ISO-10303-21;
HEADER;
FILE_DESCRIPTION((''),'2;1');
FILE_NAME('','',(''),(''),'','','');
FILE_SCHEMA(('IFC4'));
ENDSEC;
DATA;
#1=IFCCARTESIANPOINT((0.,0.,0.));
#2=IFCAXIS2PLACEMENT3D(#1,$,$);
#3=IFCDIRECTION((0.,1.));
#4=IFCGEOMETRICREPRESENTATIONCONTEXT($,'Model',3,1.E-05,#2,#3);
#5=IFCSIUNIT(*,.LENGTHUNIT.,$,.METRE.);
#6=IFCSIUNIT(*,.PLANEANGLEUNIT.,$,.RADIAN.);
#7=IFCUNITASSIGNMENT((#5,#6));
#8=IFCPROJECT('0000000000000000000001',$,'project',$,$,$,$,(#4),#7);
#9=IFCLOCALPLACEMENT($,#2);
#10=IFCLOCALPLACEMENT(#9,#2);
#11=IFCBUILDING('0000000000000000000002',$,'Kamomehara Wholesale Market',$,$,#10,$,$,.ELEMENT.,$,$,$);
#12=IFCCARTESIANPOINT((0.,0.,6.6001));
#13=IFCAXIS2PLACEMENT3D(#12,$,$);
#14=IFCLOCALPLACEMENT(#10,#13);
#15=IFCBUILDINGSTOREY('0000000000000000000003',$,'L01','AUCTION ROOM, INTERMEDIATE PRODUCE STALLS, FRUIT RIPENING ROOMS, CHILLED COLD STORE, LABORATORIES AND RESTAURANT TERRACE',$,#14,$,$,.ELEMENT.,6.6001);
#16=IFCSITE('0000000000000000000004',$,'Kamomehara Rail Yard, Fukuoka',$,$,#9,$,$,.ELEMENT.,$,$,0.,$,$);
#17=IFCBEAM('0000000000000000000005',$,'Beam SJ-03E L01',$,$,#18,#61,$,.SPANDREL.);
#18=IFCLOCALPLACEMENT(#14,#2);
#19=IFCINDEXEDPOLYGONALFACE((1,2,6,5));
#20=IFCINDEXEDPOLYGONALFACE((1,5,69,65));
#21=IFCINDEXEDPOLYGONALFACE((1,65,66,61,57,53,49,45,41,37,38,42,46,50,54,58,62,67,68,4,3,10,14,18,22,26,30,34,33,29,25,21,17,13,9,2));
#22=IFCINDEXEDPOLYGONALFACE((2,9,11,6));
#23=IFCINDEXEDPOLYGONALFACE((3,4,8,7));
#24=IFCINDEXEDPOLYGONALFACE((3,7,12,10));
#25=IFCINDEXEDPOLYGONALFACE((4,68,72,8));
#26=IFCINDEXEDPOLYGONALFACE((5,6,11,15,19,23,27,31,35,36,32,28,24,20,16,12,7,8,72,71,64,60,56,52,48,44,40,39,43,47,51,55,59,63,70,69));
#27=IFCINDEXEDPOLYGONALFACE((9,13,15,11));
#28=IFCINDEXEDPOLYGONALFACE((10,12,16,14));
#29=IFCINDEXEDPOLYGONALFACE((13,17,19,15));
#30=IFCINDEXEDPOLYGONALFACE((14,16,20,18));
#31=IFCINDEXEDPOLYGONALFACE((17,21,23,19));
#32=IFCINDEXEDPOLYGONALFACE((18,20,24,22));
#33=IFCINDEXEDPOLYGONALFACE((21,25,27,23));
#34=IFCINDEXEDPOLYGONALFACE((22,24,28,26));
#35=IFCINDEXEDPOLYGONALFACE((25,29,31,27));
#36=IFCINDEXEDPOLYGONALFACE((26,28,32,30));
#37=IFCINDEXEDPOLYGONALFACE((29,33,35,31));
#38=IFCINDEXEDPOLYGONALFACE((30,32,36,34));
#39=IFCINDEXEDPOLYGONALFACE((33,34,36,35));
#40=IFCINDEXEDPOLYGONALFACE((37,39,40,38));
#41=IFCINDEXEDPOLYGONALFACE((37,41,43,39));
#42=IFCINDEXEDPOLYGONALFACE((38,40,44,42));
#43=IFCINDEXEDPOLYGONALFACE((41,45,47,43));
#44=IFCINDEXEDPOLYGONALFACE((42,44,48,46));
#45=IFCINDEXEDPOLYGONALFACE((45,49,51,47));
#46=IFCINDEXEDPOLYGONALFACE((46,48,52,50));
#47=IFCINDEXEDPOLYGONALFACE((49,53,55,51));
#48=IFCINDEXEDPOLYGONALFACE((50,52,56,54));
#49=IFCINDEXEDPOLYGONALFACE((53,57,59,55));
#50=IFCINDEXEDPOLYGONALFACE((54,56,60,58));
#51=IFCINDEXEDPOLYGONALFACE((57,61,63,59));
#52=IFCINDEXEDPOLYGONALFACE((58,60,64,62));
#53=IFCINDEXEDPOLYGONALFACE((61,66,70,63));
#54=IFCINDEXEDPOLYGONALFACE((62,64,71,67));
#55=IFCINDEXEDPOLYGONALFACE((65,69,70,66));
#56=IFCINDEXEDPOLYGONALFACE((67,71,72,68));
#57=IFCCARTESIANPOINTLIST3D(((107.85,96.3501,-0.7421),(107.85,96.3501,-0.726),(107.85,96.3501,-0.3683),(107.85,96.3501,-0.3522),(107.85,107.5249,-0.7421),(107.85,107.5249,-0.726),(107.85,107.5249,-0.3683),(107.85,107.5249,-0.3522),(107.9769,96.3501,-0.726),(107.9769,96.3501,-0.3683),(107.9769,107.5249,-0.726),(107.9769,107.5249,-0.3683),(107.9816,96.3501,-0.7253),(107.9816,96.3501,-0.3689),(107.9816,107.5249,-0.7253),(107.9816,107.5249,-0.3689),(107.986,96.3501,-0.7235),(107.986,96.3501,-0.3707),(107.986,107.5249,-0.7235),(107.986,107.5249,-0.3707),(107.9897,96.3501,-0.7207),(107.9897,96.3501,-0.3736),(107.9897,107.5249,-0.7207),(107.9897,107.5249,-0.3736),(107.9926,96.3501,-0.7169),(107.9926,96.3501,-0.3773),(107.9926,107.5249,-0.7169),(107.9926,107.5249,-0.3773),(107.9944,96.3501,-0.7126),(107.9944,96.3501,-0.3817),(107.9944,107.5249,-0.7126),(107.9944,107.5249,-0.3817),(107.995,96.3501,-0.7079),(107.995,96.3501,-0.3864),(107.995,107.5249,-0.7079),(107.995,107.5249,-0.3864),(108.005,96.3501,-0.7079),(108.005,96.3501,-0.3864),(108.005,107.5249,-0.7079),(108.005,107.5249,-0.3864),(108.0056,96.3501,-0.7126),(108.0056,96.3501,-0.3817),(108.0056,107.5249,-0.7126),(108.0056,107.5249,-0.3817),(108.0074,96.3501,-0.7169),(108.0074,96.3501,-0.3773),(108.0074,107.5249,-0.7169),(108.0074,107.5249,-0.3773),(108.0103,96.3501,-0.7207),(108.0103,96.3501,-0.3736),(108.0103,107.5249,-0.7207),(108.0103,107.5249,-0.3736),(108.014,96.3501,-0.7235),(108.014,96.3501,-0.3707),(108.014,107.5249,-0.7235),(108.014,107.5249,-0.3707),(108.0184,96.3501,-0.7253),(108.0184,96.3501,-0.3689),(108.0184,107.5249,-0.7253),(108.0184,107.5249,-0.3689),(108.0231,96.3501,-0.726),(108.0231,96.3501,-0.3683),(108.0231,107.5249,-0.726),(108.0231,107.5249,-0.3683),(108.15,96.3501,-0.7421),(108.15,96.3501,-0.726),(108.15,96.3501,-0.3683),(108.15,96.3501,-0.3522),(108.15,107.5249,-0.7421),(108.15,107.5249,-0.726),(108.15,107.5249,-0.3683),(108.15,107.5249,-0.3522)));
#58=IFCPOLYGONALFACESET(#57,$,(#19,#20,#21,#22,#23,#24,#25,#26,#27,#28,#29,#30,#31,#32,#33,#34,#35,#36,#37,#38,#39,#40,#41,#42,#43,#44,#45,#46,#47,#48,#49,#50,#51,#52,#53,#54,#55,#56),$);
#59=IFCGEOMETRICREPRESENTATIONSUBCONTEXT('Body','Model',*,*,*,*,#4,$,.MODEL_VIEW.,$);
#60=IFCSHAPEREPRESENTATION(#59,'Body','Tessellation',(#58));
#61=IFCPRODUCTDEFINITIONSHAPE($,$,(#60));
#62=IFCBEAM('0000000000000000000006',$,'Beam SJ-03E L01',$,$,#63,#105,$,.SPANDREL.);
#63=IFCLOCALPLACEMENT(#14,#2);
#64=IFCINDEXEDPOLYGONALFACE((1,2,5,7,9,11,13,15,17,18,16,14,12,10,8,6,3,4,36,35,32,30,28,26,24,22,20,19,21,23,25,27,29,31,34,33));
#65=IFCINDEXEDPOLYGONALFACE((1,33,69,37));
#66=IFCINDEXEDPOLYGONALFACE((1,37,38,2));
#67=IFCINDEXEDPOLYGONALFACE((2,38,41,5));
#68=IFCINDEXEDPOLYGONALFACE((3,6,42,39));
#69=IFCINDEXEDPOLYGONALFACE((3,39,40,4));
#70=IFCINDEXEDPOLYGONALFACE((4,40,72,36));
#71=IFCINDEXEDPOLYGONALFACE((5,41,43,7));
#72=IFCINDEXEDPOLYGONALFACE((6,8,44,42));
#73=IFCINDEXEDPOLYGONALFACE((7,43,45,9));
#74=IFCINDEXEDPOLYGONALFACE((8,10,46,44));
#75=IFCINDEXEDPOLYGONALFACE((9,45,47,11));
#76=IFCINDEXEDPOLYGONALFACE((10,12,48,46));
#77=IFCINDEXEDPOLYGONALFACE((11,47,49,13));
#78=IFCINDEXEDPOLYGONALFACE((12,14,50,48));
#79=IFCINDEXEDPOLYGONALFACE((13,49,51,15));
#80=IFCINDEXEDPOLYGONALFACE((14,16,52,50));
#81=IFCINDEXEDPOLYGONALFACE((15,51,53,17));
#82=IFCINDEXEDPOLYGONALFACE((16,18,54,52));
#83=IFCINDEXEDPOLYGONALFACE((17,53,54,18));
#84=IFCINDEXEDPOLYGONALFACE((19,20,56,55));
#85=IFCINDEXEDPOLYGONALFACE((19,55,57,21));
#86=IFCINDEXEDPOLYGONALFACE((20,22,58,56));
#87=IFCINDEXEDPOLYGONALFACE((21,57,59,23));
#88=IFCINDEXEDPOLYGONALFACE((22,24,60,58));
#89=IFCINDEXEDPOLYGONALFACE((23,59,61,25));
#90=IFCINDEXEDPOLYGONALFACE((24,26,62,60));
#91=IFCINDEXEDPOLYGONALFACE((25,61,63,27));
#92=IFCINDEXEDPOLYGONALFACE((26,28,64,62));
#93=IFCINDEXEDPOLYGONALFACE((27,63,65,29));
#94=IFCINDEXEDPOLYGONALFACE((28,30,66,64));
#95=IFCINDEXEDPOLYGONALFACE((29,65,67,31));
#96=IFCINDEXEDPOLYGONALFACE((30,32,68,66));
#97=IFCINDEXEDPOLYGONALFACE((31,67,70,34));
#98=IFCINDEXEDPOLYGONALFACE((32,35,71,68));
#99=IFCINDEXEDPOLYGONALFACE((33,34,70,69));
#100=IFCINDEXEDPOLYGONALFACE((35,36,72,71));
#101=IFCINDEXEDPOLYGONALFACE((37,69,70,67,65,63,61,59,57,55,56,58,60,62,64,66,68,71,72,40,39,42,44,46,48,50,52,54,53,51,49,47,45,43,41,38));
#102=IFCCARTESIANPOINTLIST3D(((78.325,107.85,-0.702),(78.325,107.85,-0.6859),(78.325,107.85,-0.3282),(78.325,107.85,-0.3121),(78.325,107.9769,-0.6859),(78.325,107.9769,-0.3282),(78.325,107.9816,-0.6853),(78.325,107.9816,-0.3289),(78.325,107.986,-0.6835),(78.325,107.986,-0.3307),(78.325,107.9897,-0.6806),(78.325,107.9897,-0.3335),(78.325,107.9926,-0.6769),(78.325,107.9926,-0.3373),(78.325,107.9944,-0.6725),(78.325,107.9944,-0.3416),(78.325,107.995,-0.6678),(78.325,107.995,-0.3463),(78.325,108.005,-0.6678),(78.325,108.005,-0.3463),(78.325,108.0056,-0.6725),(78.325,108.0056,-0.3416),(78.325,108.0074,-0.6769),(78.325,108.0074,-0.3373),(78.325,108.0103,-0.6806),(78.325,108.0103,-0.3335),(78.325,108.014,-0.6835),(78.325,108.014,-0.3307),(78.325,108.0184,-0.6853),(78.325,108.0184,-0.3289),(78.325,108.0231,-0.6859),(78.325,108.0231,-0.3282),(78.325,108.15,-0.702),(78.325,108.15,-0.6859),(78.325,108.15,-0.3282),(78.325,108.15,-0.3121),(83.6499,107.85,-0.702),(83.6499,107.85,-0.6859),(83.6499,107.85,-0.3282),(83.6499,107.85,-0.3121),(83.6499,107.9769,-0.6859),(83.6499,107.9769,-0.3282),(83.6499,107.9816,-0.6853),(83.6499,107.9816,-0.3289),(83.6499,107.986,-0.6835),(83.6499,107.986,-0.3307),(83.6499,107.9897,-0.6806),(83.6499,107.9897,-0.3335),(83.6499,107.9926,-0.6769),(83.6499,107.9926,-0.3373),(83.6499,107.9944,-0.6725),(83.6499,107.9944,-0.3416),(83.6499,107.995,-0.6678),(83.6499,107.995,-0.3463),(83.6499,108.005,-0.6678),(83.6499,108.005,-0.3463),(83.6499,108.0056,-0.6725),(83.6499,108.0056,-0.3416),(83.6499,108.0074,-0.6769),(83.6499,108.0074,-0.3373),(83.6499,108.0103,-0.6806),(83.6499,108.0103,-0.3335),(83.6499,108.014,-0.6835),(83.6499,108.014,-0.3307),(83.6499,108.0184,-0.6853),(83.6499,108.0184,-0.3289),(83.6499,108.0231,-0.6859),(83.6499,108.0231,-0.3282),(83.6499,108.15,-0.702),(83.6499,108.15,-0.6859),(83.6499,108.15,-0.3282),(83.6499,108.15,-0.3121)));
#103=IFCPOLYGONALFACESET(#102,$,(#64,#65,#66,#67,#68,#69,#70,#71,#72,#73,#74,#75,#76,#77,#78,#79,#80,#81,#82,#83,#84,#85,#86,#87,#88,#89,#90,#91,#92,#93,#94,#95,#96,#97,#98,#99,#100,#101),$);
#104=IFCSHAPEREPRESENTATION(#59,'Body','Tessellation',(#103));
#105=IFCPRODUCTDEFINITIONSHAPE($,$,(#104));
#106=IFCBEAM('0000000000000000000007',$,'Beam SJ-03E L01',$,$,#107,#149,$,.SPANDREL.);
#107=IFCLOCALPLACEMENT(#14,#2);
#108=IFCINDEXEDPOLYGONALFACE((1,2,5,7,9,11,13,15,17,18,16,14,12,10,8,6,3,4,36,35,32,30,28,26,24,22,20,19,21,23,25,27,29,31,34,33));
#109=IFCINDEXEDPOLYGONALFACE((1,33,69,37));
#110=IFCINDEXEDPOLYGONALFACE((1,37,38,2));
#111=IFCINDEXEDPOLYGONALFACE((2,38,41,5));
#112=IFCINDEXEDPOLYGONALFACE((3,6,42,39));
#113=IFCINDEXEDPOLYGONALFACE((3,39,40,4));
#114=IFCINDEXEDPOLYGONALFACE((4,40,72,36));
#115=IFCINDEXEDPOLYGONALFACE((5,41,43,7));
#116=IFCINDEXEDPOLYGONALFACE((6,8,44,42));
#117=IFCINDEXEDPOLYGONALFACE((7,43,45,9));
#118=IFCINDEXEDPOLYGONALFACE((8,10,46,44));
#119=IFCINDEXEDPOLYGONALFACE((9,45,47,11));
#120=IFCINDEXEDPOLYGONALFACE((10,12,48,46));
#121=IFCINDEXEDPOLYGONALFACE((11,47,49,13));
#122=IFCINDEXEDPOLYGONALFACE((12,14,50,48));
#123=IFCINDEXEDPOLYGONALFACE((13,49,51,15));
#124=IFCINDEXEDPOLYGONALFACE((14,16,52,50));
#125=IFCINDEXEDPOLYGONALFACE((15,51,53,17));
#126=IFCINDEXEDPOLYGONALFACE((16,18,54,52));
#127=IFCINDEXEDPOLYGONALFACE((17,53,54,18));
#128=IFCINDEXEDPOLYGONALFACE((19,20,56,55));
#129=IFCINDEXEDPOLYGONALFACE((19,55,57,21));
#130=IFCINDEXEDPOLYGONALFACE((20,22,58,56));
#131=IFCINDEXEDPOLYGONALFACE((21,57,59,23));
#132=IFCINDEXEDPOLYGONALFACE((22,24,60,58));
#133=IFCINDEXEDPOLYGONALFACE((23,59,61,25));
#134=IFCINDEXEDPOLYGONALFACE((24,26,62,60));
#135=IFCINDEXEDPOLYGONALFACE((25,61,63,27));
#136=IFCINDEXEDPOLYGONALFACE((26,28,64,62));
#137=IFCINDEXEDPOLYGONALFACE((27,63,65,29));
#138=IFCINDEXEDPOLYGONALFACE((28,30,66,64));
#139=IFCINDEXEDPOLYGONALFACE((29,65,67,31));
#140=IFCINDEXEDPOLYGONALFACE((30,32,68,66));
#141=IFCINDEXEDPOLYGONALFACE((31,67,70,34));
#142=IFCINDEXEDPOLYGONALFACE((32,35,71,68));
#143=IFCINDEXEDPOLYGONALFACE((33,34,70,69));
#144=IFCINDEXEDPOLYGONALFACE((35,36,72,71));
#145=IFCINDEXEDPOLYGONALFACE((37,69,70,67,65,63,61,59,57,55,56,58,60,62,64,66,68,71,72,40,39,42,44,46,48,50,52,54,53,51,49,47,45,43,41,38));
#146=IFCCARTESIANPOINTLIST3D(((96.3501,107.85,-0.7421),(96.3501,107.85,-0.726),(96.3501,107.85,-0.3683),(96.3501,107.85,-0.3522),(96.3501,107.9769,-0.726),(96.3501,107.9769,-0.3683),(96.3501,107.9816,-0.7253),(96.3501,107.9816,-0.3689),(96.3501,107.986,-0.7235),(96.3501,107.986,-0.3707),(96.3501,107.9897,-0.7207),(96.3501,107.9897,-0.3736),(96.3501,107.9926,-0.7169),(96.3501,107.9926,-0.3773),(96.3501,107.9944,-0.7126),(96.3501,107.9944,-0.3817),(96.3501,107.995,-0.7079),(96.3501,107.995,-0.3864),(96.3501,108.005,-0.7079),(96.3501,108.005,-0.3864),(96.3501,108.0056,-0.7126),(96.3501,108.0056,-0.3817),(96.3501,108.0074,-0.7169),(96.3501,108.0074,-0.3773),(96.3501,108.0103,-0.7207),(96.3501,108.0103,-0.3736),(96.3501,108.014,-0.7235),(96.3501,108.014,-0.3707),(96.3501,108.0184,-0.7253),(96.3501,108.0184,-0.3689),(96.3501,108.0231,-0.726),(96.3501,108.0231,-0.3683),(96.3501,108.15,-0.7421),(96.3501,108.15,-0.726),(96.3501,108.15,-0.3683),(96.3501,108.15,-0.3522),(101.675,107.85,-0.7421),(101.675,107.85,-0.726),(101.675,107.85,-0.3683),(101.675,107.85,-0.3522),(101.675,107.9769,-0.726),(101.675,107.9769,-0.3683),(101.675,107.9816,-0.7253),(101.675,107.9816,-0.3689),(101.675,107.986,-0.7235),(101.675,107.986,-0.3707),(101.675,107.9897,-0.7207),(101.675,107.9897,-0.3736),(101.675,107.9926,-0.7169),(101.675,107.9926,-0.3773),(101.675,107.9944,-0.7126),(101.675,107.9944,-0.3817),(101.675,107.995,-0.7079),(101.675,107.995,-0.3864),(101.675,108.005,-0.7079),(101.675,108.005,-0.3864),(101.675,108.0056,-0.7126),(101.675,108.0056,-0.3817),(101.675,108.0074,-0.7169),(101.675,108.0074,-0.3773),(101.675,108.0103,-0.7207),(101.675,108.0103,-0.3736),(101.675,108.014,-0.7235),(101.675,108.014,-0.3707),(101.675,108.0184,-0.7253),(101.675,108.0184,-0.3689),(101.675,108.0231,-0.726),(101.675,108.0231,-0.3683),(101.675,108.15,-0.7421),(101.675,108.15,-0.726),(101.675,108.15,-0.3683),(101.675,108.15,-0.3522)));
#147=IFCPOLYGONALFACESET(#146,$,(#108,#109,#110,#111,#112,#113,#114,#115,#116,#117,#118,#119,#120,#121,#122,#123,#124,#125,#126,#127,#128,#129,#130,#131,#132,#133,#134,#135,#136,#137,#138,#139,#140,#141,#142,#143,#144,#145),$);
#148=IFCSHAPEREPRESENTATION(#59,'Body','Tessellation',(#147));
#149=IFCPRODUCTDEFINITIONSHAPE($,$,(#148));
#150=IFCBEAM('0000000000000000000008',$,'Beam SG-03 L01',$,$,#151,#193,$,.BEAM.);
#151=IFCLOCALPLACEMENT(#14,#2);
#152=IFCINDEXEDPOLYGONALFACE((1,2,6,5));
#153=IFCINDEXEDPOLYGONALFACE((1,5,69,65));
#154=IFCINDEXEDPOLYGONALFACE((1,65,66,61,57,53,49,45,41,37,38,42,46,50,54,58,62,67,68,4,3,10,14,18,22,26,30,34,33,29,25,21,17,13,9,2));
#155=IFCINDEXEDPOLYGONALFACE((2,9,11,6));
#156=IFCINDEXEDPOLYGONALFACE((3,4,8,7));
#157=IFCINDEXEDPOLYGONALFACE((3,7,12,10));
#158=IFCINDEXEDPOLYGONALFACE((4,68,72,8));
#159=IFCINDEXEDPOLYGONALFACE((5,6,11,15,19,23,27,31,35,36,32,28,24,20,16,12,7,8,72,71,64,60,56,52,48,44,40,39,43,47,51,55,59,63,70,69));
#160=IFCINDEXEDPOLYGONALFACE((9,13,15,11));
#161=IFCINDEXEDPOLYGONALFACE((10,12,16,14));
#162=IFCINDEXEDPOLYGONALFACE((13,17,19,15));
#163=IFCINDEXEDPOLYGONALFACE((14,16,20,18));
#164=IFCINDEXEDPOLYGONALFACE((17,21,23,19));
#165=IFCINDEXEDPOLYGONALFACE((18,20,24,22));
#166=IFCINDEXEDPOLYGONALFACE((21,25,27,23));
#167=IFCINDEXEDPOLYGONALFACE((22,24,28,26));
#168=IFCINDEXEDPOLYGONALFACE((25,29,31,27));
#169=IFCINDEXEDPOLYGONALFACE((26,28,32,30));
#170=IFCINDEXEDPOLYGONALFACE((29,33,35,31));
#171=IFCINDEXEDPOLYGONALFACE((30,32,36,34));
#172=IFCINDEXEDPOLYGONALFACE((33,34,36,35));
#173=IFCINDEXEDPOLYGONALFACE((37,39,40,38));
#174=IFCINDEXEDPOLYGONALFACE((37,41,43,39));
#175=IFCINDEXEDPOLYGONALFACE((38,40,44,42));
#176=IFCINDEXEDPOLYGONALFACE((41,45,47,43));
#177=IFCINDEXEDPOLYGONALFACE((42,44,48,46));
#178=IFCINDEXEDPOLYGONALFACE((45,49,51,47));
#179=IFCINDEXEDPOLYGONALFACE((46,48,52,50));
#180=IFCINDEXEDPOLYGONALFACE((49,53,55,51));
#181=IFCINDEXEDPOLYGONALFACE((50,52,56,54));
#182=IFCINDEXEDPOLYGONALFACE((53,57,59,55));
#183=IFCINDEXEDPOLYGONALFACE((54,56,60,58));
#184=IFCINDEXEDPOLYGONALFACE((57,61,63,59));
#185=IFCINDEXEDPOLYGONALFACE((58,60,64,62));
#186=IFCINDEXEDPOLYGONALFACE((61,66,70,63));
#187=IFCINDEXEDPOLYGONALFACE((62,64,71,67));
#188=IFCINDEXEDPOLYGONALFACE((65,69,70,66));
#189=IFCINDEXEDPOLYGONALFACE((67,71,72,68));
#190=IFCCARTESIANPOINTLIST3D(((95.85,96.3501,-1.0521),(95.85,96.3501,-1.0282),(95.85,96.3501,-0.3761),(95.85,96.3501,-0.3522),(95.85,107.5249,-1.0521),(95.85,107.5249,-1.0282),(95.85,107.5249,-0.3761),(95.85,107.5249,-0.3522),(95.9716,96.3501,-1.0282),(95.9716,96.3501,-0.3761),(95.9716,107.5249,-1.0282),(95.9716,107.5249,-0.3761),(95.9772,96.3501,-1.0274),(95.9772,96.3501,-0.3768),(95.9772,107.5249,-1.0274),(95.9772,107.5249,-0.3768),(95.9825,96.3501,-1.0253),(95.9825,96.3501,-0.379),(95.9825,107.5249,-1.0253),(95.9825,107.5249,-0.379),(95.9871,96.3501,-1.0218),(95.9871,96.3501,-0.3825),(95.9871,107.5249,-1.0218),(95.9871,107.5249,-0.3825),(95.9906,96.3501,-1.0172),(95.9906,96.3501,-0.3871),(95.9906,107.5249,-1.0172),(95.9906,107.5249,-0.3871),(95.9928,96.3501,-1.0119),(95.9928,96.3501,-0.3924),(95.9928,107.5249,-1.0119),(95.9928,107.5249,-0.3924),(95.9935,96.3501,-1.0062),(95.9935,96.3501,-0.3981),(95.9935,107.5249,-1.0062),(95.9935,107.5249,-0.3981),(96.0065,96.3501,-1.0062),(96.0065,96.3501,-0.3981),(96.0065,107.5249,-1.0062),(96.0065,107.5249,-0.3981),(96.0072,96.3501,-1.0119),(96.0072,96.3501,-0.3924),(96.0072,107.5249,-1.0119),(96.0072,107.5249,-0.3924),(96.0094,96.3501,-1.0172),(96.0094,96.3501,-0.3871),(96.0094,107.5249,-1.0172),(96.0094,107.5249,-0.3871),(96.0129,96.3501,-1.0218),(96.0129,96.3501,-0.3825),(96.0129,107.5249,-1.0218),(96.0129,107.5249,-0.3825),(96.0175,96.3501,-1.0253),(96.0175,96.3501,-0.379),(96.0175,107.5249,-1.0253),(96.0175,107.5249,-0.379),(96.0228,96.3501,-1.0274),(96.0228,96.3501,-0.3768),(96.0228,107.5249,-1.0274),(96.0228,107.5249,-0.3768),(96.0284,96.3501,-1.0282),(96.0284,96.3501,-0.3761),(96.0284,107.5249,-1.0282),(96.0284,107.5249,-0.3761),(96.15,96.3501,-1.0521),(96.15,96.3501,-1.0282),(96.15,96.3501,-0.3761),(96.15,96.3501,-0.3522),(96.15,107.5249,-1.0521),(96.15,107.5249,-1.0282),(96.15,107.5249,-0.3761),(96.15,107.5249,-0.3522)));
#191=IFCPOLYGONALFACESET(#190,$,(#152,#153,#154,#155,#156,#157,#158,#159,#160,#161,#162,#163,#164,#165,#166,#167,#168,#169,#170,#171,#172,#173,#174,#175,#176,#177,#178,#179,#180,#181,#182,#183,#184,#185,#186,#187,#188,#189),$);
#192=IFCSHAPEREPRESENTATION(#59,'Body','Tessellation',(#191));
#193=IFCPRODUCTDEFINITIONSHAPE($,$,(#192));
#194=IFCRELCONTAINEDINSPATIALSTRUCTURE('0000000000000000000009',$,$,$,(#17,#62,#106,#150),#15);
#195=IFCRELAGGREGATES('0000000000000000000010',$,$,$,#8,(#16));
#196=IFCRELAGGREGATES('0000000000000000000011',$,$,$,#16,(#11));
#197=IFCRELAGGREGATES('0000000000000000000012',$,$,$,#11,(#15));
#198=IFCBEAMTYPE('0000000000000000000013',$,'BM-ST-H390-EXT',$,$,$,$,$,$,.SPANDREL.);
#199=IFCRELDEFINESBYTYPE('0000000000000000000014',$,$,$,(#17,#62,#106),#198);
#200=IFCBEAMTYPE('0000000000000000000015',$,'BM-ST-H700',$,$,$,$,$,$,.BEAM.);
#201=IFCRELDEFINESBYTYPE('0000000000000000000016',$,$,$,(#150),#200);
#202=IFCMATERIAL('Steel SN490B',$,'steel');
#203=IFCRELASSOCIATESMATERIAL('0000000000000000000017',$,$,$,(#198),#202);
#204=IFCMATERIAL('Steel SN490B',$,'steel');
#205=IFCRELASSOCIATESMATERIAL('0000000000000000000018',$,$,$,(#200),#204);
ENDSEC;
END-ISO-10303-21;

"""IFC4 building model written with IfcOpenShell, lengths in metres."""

from ifc_helpers import new_model, si_unit, direction, frame, origin, origin_2d, place, context, subcontext, project, spatial, i_section, extrude, material, material_profile, profile_set, type_object, element, save


model = new_model("IFC4")

# Units and contexts
model_context = context("Model", 3, precision=1e-05, world=origin(), true_north=direction((0.0, 1.0)))
body_context = subcontext(model_context, "Body", "Model", "MODEL_VIEW")
ifc_project = project(units=[si_unit("LENGTHUNIT", "METRE"), si_unit("PLANEANGLEUNIT", "RADIAN")], contexts=[model_context])

# Site, building, storey
site_placement = place(None, origin())
site = spatial("IfcSite", under=ifc_project, at=site_placement, Name="Kamomehara Rail Yard, Fukuoka", CompositionType="ELEMENT", RefElevation=0.0)
building_placement = place(site_placement, origin())
building = spatial("IfcBuilding", under=site, at=building_placement, Name="Kamomehara Wholesale Market", CompositionType="ELEMENT")
storey_placement = place(building_placement, frame((0.0, 0.0, 6.6001)))
storey = spatial("IfcBuildingStorey", under=building, at=storey_placement, Name="L01", Description="AUCTION ROOM, INTERMEDIATE PRODUCE STALLS, FRUIT RIPENING ROOMS, CHILLED COLD STORE, LABORATORIES AND RESTAURANT TERRACE", CompositionType="ELEMENT", Elevation=6.6001)

# Beams
ifc_material_1 = material(Name="Steel SN490B", Category="steel")
ifc_material_profile_1 = material_profile(ifc_material_1, i_section(OverallWidth=0.3, OverallDepth=0.3899, WebThickness=0.01, FlangeThickness=0.0161, FilletRadius=0.0181, at=origin_2d()), Name="H-390x300x10x16")
ifc_profile_set_1 = profile_set([ifc_material_profile_1], Name="Steel SN490B")
beam_type_1 = type_object("IfcBeamType", Name="BM-ST-H390-EXT", PredefinedType="SPANDREL", material=ifc_profile_set_1)
beam_1_placement = place(storey_placement, frame((108.0, 96.3501, -0.5471), z_axis=(0.0, 1.0, 0.0), x_axis=(-1.0, 0.0, 0.0)))
element("IfcBeam", 1, at=beam_1_placement, inside=storey, type_object=beam_type_1, Name="Beam SJ-03E L01", PredefinedType="SPANDREL", context=body_context, shape_type="SweptSolid", body=[
    extrude(i_section(OverallWidth=0.3, OverallDepth=0.3899, WebThickness=0.01, FlangeThickness=0.0161, FilletRadius=0.0181, at=origin_2d()), origin(), (0.0, 0.0, 1.0), 11.1748),
])
for number, where, z_axis, x_axis, name in (
    (2, (78.325, 108.0, -0.5071), (1.0, 0.0, 0.0), (0.0, 1.0, 0.0), "Beam SJ-03E L01"),
    (3, (96.3501, 108.0, -0.5471), (1.0, 0.0, 0.0), (0.0, 1.0, 0.0), "Beam SJ-03E L01"),
):
    element("IfcBeam", number, at=place(storey_placement, frame(where, z_axis=z_axis, x_axis=x_axis)), inside=storey, type_object=beam_type_1, Name=name, PredefinedType="SPANDREL", context=body_context, shape_type="SweptSolid", body=[
        extrude(i_section(OverallWidth=0.3, OverallDepth=0.3899, WebThickness=0.01, FlangeThickness=0.0161, FilletRadius=0.0181, at=origin_2d()), origin(), (0.0, 0.0, 1.0), 5.325),
    ])
ifc_material_2 = material(Name="Steel SN490B", Category="steel")
ifc_material_profile_2 = material_profile(ifc_material_2, i_section(OverallWidth=0.3, OverallDepth=0.7, WebThickness=0.0129, FlangeThickness=0.0239, FilletRadius=0.022, at=origin_2d()), Name="H-700x300x13x24")
ifc_profile_set_2 = profile_set([ifc_material_profile_2], Name="Steel SN490B")
beam_type_2 = type_object("IfcBeamType", Name="BM-ST-H700", PredefinedType="BEAM", material=ifc_profile_set_2)
beam_2_placement = place(storey_placement, frame((96.0, 96.3501, -0.7021), z_axis=(0.0, 1.0, 0.0), x_axis=(-1.0, 0.0, 0.0)))
element("IfcBeam", 4, at=beam_2_placement, inside=storey, type_object=beam_type_2, Name="Beam SG-03 L01", PredefinedType="BEAM", context=body_context, shape_type="SweptSolid", body=[
    extrude(i_section(OverallWidth=0.3, OverallDepth=0.7, WebThickness=0.0129, FlangeThickness=0.0239, FilletRadius=0.022, at=origin_2d()), origin(), (0.0, 0.0, 1.0), 11.1748),
])

save(model, "model.ifc")
